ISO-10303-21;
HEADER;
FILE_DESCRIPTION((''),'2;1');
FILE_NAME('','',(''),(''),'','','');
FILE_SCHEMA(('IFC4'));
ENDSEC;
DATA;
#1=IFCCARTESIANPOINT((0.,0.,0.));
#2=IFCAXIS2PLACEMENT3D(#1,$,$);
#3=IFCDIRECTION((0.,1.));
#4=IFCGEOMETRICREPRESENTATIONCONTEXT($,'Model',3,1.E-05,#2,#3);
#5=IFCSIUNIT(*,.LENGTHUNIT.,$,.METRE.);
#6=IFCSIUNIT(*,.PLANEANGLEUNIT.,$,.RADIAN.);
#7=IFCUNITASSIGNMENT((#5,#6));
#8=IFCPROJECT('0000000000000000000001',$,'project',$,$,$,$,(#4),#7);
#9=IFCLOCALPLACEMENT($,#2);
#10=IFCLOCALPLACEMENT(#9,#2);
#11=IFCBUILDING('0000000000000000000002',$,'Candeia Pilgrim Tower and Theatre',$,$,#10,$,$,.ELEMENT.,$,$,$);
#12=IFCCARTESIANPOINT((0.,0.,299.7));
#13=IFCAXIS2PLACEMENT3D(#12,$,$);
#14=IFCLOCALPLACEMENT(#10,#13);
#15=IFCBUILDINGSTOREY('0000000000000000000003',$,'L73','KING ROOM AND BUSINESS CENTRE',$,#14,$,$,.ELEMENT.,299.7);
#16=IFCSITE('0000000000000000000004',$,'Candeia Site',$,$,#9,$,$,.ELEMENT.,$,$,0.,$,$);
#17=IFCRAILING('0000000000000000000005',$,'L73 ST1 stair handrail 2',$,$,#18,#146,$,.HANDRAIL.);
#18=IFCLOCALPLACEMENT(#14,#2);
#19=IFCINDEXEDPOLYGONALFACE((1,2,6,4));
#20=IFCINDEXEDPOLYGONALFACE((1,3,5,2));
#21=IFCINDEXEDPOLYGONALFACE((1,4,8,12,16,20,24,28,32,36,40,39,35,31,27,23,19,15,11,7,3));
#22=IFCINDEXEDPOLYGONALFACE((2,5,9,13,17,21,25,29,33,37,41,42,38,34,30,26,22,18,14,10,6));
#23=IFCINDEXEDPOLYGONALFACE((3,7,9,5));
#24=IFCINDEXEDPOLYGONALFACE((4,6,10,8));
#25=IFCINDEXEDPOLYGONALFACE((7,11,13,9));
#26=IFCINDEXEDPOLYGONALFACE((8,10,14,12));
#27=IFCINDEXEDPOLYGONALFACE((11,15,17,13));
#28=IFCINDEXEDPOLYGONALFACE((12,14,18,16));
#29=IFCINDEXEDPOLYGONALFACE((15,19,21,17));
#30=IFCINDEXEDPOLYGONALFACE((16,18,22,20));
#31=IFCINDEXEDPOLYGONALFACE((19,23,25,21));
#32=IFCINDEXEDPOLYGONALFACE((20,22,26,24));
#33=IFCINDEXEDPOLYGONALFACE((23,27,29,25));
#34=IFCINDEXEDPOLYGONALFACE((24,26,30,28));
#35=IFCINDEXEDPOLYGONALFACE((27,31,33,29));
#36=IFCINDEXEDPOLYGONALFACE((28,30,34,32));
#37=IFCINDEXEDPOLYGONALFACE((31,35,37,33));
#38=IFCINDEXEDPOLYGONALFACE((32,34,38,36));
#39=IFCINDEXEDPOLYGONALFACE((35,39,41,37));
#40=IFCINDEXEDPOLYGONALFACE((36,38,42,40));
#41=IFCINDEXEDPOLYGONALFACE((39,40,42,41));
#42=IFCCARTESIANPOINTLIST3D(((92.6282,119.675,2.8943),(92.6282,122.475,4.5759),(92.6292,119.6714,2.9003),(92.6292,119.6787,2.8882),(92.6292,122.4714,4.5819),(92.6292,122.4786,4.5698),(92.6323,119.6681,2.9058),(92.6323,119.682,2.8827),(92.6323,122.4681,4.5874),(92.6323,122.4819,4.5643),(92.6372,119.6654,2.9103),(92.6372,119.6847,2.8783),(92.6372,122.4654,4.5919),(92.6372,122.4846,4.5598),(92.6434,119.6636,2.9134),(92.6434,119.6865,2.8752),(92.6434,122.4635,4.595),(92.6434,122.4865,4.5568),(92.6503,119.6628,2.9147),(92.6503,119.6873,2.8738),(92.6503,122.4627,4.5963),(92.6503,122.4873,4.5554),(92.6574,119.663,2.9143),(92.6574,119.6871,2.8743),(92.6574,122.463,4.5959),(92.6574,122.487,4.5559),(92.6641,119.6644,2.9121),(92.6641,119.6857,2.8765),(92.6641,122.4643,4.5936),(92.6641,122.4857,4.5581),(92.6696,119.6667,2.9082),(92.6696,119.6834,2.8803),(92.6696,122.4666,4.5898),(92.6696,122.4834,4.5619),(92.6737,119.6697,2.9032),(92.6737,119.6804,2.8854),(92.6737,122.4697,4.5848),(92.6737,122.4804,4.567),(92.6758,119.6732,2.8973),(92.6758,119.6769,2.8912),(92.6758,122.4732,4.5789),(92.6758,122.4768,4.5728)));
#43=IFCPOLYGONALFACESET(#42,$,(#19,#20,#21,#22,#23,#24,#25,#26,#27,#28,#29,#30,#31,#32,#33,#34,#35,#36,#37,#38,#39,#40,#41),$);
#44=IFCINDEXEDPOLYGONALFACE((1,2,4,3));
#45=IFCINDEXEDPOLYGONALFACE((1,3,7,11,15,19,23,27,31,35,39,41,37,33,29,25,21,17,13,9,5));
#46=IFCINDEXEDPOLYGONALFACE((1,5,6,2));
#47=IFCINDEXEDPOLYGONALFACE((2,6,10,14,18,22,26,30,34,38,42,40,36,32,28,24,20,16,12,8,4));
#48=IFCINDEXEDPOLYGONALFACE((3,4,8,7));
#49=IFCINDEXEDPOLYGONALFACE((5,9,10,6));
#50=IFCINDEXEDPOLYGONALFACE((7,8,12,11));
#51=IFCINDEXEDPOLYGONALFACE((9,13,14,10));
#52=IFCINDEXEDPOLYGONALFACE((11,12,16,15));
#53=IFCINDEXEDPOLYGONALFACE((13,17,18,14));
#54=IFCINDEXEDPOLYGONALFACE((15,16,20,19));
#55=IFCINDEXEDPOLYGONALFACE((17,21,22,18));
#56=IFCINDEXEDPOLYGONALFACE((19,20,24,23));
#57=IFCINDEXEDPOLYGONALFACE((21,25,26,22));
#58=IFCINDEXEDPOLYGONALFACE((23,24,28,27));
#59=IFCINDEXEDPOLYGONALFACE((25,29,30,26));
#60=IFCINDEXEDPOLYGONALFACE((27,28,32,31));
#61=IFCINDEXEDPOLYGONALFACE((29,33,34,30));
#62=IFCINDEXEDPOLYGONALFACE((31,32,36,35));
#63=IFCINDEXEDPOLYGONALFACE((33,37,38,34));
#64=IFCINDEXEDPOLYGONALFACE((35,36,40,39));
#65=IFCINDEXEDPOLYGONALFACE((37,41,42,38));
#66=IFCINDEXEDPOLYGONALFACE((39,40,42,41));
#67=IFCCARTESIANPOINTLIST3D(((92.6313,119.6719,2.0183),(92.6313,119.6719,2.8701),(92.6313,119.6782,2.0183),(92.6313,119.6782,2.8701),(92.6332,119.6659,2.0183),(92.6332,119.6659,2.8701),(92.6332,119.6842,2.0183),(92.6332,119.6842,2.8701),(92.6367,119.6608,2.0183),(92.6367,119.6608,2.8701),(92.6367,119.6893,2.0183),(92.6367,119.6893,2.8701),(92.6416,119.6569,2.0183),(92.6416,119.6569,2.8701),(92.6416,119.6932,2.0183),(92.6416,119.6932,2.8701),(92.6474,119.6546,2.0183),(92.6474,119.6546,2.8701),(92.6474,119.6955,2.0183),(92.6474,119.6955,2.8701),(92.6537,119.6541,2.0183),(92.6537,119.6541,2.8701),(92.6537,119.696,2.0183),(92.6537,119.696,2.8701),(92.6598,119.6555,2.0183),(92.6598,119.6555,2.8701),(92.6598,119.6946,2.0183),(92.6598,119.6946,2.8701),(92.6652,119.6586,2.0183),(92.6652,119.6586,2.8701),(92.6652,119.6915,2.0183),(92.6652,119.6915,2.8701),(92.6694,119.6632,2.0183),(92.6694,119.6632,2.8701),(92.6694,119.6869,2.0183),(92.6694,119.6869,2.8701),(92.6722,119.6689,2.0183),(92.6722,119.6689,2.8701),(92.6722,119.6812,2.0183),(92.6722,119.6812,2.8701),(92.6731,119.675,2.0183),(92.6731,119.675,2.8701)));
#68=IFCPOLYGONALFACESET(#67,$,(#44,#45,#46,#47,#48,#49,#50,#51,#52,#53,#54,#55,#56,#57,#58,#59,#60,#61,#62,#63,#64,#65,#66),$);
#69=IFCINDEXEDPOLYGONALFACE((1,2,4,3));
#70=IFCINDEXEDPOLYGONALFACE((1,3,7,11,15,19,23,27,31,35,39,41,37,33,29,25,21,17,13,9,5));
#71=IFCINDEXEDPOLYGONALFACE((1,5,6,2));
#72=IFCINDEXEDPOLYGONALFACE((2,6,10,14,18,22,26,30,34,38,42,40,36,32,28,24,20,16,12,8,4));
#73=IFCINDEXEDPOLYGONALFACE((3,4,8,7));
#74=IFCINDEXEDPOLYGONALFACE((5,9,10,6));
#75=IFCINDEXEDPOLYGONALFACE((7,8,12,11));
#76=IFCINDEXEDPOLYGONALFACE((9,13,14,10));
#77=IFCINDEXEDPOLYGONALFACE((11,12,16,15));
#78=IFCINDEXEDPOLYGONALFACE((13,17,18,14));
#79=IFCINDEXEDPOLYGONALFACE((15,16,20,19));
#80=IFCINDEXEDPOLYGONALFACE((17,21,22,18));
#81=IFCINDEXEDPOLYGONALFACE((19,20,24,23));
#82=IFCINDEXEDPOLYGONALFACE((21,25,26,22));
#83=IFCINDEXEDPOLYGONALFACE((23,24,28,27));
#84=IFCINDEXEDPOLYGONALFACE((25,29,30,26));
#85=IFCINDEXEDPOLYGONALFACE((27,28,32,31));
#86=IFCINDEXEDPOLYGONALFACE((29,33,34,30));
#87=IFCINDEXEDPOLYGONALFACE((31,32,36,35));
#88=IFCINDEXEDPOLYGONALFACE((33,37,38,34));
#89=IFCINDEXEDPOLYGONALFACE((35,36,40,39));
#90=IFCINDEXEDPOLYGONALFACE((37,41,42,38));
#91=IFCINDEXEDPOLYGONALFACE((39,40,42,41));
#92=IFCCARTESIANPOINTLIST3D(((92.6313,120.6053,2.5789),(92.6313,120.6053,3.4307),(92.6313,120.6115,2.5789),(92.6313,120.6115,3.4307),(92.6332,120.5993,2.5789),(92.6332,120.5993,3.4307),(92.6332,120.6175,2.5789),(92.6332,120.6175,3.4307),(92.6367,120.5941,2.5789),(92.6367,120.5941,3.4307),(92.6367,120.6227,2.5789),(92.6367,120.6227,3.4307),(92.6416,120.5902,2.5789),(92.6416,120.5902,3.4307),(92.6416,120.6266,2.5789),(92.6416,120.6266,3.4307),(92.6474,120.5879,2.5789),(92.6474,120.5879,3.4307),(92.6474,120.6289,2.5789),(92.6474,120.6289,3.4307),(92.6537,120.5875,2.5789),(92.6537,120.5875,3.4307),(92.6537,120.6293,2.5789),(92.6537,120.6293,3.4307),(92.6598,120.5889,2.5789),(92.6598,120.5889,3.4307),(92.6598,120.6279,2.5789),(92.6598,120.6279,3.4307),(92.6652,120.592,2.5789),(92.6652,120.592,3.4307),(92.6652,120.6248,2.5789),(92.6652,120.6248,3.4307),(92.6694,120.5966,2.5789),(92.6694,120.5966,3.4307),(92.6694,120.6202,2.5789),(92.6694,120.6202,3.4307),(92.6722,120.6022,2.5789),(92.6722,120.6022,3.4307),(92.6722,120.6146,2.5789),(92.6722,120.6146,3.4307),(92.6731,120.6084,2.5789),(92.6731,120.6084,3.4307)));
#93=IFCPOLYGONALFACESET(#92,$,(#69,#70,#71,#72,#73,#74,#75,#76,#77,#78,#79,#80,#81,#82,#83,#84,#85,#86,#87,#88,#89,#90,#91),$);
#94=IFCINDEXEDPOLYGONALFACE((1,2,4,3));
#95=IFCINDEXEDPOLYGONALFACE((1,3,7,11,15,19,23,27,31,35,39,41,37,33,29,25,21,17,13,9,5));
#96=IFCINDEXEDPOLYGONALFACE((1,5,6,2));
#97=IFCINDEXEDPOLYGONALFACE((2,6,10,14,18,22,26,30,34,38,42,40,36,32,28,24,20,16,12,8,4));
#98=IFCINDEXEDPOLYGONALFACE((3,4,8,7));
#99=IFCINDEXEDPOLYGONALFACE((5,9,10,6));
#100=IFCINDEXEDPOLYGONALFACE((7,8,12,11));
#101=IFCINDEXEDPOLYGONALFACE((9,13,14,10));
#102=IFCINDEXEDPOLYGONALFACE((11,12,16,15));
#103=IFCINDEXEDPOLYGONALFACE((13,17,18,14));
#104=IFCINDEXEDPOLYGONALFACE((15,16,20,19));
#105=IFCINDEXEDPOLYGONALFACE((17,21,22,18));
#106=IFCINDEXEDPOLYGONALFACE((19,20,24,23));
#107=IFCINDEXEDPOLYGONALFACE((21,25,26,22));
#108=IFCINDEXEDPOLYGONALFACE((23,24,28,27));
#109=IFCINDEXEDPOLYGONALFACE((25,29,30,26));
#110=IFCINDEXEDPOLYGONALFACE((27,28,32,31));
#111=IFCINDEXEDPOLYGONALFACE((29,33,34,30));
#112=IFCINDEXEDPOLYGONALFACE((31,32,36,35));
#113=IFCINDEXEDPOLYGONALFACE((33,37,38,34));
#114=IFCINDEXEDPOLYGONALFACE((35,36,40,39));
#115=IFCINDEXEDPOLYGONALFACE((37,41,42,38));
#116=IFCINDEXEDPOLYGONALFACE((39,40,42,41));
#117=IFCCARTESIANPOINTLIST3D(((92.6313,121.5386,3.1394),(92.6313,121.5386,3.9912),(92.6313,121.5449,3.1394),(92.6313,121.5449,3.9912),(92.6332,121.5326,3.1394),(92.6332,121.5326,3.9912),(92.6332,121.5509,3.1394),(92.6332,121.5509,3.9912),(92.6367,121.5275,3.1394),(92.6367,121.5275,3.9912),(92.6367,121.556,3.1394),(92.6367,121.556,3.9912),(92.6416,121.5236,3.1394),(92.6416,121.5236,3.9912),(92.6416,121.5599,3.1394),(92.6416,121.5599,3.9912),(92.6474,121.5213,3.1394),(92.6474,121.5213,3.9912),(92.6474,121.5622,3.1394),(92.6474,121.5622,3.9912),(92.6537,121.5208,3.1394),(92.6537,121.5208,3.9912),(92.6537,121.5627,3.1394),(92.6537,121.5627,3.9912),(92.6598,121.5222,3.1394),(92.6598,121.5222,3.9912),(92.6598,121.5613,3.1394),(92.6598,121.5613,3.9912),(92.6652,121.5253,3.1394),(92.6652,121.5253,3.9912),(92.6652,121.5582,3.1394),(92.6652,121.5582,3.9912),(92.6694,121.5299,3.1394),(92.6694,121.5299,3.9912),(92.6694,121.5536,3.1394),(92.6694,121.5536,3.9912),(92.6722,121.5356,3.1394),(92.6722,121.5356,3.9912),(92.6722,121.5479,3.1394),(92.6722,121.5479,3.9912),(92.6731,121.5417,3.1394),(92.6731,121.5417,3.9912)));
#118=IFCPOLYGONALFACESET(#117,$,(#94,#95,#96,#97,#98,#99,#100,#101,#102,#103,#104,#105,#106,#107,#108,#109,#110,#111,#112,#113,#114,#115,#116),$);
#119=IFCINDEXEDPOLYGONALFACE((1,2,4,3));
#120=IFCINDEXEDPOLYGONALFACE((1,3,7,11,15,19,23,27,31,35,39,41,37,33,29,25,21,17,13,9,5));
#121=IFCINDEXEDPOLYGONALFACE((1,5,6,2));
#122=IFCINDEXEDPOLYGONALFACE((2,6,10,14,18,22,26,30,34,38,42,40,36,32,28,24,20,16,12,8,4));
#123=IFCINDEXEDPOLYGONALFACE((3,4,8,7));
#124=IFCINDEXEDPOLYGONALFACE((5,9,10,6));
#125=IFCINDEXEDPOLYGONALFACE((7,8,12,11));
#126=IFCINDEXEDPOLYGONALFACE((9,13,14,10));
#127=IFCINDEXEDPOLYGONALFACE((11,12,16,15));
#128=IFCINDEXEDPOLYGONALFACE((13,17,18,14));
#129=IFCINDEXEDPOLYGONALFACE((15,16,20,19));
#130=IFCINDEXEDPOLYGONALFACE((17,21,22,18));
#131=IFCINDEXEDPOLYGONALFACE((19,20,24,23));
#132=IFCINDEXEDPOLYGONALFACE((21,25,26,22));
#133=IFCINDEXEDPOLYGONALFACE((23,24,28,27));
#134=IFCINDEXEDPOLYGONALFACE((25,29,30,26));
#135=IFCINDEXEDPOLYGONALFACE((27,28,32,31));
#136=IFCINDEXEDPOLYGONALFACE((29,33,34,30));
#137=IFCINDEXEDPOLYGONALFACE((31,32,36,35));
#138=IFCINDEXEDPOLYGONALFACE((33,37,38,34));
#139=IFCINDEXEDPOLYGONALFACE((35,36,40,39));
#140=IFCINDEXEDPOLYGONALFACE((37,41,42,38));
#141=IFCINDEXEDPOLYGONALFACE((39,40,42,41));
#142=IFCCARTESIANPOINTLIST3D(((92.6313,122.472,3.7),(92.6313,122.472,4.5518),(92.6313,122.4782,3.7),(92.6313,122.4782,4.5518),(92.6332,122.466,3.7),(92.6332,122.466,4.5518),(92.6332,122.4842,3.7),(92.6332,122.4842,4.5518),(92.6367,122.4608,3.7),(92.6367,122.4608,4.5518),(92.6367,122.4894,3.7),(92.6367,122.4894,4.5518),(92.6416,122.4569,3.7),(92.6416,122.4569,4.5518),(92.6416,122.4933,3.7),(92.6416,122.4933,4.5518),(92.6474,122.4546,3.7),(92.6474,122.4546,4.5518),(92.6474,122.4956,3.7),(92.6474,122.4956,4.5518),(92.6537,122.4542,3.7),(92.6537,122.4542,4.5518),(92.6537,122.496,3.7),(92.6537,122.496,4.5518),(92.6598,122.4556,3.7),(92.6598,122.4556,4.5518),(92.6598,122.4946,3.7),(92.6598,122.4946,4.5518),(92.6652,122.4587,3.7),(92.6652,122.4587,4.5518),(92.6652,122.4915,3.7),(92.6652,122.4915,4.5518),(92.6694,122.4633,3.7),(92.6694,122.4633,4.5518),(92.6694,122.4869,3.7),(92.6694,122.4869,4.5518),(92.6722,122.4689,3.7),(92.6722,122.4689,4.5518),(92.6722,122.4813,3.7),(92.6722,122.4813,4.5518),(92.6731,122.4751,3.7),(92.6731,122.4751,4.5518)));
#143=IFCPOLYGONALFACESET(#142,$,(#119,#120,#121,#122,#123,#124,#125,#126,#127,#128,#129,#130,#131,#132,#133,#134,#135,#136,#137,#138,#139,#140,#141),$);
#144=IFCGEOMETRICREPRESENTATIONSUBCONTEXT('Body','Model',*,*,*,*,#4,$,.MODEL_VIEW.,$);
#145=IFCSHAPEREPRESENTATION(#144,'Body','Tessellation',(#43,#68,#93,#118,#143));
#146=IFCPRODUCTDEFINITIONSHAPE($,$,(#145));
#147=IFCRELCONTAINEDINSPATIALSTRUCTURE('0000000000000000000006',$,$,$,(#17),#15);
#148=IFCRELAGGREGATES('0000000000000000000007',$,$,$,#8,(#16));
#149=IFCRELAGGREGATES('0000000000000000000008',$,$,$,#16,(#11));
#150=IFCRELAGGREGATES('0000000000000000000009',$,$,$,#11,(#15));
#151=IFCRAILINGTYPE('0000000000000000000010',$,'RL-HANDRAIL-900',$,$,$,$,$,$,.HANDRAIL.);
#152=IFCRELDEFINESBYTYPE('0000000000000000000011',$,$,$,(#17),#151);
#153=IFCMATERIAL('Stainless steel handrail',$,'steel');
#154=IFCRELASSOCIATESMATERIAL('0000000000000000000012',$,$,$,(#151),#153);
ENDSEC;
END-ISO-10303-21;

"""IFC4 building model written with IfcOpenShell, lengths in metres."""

from ifc_helpers import new_model, si_unit, direction, frame, origin, origin_2d, place, context, subcontext, project, spatial, circle, extrude, material, type_object, element, save


model = new_model("IFC4")

# Units and contexts
model_context = context("Model", 3, precision=1e-05, world=origin(), true_north=direction((0.0, 1.0)))
body_context = subcontext(model_context, "Body", "Model", "MODEL_VIEW")
ifc_project = project(units=[si_unit("LENGTHUNIT", "METRE"), si_unit("PLANEANGLEUNIT", "RADIAN")], contexts=[model_context])

# Site, building, storey
site_placement = place(None, origin())
site = spatial("IfcSite", under=ifc_project, at=site_placement, Name="Candeia Site", CompositionType="ELEMENT", RefElevation=0.0)
building_placement = place(site_placement, origin())
building = spatial("IfcBuilding", under=site, at=building_placement, Name="Candeia Pilgrim Tower and Theatre", CompositionType="ELEMENT")
storey_placement = place(building_placement, frame((0.0, 0.0, 299.7)))
storey = spatial("IfcBuildingStorey", under=building, at=storey_placement, Name="L73", Description="KING ROOM AND BUSINESS CENTRE", CompositionType="ELEMENT", Elevation=299.7)

# Railing
ifc_material_1 = material(Name="Stainless steel handrail", Category="steel")
railing_type_1 = type_object("IfcRailingType", Name="RL-HANDRAIL-900", PredefinedType="HANDRAIL", material=ifc_material_1)
for number, where, name in (
    (1, (92.6521, 119.675, 2.0183), "L73 ST1 stair handrail 2"),
):
    element("IfcRailing", number, at=place(storey_placement, frame(where)), inside=storey, type_object=railing_type_1, Name=name, PredefinedType="HANDRAIL", context=body_context, shape_type="SweptSolid", body=[
        extrude(circle(Radius=0.0239, at=origin_2d()), frame((0.0, 0.0, 0.876), z_axis=(0.0, 0.857275, 0.514858), x_axis=(-1.0, 0.0, 0.0)), (0.0, 0.0, 1.0), 3.2661),
        extrude(circle(Radius=0.021, at=origin_2d()), origin(), (0.0, 0.0, 1.0), 0.8518),
        extrude(circle(Radius=0.021, at=origin_2d()), frame((0.0, 0.9333, 0.5605)), (0.0, 0.0, 1.0), 0.8518),
        extrude(circle(Radius=0.021, at=origin_2d()), frame((0.0, 1.8667, 1.1211)), (0.0, 0.0, 1.0), 0.8518),
        extrude(circle(Radius=0.021, at=origin_2d()), frame((0.0, 2.8, 1.6816)), (0.0, 0.0, 1.0), 0.8518),
    ])

save(model, "model.ifc")
